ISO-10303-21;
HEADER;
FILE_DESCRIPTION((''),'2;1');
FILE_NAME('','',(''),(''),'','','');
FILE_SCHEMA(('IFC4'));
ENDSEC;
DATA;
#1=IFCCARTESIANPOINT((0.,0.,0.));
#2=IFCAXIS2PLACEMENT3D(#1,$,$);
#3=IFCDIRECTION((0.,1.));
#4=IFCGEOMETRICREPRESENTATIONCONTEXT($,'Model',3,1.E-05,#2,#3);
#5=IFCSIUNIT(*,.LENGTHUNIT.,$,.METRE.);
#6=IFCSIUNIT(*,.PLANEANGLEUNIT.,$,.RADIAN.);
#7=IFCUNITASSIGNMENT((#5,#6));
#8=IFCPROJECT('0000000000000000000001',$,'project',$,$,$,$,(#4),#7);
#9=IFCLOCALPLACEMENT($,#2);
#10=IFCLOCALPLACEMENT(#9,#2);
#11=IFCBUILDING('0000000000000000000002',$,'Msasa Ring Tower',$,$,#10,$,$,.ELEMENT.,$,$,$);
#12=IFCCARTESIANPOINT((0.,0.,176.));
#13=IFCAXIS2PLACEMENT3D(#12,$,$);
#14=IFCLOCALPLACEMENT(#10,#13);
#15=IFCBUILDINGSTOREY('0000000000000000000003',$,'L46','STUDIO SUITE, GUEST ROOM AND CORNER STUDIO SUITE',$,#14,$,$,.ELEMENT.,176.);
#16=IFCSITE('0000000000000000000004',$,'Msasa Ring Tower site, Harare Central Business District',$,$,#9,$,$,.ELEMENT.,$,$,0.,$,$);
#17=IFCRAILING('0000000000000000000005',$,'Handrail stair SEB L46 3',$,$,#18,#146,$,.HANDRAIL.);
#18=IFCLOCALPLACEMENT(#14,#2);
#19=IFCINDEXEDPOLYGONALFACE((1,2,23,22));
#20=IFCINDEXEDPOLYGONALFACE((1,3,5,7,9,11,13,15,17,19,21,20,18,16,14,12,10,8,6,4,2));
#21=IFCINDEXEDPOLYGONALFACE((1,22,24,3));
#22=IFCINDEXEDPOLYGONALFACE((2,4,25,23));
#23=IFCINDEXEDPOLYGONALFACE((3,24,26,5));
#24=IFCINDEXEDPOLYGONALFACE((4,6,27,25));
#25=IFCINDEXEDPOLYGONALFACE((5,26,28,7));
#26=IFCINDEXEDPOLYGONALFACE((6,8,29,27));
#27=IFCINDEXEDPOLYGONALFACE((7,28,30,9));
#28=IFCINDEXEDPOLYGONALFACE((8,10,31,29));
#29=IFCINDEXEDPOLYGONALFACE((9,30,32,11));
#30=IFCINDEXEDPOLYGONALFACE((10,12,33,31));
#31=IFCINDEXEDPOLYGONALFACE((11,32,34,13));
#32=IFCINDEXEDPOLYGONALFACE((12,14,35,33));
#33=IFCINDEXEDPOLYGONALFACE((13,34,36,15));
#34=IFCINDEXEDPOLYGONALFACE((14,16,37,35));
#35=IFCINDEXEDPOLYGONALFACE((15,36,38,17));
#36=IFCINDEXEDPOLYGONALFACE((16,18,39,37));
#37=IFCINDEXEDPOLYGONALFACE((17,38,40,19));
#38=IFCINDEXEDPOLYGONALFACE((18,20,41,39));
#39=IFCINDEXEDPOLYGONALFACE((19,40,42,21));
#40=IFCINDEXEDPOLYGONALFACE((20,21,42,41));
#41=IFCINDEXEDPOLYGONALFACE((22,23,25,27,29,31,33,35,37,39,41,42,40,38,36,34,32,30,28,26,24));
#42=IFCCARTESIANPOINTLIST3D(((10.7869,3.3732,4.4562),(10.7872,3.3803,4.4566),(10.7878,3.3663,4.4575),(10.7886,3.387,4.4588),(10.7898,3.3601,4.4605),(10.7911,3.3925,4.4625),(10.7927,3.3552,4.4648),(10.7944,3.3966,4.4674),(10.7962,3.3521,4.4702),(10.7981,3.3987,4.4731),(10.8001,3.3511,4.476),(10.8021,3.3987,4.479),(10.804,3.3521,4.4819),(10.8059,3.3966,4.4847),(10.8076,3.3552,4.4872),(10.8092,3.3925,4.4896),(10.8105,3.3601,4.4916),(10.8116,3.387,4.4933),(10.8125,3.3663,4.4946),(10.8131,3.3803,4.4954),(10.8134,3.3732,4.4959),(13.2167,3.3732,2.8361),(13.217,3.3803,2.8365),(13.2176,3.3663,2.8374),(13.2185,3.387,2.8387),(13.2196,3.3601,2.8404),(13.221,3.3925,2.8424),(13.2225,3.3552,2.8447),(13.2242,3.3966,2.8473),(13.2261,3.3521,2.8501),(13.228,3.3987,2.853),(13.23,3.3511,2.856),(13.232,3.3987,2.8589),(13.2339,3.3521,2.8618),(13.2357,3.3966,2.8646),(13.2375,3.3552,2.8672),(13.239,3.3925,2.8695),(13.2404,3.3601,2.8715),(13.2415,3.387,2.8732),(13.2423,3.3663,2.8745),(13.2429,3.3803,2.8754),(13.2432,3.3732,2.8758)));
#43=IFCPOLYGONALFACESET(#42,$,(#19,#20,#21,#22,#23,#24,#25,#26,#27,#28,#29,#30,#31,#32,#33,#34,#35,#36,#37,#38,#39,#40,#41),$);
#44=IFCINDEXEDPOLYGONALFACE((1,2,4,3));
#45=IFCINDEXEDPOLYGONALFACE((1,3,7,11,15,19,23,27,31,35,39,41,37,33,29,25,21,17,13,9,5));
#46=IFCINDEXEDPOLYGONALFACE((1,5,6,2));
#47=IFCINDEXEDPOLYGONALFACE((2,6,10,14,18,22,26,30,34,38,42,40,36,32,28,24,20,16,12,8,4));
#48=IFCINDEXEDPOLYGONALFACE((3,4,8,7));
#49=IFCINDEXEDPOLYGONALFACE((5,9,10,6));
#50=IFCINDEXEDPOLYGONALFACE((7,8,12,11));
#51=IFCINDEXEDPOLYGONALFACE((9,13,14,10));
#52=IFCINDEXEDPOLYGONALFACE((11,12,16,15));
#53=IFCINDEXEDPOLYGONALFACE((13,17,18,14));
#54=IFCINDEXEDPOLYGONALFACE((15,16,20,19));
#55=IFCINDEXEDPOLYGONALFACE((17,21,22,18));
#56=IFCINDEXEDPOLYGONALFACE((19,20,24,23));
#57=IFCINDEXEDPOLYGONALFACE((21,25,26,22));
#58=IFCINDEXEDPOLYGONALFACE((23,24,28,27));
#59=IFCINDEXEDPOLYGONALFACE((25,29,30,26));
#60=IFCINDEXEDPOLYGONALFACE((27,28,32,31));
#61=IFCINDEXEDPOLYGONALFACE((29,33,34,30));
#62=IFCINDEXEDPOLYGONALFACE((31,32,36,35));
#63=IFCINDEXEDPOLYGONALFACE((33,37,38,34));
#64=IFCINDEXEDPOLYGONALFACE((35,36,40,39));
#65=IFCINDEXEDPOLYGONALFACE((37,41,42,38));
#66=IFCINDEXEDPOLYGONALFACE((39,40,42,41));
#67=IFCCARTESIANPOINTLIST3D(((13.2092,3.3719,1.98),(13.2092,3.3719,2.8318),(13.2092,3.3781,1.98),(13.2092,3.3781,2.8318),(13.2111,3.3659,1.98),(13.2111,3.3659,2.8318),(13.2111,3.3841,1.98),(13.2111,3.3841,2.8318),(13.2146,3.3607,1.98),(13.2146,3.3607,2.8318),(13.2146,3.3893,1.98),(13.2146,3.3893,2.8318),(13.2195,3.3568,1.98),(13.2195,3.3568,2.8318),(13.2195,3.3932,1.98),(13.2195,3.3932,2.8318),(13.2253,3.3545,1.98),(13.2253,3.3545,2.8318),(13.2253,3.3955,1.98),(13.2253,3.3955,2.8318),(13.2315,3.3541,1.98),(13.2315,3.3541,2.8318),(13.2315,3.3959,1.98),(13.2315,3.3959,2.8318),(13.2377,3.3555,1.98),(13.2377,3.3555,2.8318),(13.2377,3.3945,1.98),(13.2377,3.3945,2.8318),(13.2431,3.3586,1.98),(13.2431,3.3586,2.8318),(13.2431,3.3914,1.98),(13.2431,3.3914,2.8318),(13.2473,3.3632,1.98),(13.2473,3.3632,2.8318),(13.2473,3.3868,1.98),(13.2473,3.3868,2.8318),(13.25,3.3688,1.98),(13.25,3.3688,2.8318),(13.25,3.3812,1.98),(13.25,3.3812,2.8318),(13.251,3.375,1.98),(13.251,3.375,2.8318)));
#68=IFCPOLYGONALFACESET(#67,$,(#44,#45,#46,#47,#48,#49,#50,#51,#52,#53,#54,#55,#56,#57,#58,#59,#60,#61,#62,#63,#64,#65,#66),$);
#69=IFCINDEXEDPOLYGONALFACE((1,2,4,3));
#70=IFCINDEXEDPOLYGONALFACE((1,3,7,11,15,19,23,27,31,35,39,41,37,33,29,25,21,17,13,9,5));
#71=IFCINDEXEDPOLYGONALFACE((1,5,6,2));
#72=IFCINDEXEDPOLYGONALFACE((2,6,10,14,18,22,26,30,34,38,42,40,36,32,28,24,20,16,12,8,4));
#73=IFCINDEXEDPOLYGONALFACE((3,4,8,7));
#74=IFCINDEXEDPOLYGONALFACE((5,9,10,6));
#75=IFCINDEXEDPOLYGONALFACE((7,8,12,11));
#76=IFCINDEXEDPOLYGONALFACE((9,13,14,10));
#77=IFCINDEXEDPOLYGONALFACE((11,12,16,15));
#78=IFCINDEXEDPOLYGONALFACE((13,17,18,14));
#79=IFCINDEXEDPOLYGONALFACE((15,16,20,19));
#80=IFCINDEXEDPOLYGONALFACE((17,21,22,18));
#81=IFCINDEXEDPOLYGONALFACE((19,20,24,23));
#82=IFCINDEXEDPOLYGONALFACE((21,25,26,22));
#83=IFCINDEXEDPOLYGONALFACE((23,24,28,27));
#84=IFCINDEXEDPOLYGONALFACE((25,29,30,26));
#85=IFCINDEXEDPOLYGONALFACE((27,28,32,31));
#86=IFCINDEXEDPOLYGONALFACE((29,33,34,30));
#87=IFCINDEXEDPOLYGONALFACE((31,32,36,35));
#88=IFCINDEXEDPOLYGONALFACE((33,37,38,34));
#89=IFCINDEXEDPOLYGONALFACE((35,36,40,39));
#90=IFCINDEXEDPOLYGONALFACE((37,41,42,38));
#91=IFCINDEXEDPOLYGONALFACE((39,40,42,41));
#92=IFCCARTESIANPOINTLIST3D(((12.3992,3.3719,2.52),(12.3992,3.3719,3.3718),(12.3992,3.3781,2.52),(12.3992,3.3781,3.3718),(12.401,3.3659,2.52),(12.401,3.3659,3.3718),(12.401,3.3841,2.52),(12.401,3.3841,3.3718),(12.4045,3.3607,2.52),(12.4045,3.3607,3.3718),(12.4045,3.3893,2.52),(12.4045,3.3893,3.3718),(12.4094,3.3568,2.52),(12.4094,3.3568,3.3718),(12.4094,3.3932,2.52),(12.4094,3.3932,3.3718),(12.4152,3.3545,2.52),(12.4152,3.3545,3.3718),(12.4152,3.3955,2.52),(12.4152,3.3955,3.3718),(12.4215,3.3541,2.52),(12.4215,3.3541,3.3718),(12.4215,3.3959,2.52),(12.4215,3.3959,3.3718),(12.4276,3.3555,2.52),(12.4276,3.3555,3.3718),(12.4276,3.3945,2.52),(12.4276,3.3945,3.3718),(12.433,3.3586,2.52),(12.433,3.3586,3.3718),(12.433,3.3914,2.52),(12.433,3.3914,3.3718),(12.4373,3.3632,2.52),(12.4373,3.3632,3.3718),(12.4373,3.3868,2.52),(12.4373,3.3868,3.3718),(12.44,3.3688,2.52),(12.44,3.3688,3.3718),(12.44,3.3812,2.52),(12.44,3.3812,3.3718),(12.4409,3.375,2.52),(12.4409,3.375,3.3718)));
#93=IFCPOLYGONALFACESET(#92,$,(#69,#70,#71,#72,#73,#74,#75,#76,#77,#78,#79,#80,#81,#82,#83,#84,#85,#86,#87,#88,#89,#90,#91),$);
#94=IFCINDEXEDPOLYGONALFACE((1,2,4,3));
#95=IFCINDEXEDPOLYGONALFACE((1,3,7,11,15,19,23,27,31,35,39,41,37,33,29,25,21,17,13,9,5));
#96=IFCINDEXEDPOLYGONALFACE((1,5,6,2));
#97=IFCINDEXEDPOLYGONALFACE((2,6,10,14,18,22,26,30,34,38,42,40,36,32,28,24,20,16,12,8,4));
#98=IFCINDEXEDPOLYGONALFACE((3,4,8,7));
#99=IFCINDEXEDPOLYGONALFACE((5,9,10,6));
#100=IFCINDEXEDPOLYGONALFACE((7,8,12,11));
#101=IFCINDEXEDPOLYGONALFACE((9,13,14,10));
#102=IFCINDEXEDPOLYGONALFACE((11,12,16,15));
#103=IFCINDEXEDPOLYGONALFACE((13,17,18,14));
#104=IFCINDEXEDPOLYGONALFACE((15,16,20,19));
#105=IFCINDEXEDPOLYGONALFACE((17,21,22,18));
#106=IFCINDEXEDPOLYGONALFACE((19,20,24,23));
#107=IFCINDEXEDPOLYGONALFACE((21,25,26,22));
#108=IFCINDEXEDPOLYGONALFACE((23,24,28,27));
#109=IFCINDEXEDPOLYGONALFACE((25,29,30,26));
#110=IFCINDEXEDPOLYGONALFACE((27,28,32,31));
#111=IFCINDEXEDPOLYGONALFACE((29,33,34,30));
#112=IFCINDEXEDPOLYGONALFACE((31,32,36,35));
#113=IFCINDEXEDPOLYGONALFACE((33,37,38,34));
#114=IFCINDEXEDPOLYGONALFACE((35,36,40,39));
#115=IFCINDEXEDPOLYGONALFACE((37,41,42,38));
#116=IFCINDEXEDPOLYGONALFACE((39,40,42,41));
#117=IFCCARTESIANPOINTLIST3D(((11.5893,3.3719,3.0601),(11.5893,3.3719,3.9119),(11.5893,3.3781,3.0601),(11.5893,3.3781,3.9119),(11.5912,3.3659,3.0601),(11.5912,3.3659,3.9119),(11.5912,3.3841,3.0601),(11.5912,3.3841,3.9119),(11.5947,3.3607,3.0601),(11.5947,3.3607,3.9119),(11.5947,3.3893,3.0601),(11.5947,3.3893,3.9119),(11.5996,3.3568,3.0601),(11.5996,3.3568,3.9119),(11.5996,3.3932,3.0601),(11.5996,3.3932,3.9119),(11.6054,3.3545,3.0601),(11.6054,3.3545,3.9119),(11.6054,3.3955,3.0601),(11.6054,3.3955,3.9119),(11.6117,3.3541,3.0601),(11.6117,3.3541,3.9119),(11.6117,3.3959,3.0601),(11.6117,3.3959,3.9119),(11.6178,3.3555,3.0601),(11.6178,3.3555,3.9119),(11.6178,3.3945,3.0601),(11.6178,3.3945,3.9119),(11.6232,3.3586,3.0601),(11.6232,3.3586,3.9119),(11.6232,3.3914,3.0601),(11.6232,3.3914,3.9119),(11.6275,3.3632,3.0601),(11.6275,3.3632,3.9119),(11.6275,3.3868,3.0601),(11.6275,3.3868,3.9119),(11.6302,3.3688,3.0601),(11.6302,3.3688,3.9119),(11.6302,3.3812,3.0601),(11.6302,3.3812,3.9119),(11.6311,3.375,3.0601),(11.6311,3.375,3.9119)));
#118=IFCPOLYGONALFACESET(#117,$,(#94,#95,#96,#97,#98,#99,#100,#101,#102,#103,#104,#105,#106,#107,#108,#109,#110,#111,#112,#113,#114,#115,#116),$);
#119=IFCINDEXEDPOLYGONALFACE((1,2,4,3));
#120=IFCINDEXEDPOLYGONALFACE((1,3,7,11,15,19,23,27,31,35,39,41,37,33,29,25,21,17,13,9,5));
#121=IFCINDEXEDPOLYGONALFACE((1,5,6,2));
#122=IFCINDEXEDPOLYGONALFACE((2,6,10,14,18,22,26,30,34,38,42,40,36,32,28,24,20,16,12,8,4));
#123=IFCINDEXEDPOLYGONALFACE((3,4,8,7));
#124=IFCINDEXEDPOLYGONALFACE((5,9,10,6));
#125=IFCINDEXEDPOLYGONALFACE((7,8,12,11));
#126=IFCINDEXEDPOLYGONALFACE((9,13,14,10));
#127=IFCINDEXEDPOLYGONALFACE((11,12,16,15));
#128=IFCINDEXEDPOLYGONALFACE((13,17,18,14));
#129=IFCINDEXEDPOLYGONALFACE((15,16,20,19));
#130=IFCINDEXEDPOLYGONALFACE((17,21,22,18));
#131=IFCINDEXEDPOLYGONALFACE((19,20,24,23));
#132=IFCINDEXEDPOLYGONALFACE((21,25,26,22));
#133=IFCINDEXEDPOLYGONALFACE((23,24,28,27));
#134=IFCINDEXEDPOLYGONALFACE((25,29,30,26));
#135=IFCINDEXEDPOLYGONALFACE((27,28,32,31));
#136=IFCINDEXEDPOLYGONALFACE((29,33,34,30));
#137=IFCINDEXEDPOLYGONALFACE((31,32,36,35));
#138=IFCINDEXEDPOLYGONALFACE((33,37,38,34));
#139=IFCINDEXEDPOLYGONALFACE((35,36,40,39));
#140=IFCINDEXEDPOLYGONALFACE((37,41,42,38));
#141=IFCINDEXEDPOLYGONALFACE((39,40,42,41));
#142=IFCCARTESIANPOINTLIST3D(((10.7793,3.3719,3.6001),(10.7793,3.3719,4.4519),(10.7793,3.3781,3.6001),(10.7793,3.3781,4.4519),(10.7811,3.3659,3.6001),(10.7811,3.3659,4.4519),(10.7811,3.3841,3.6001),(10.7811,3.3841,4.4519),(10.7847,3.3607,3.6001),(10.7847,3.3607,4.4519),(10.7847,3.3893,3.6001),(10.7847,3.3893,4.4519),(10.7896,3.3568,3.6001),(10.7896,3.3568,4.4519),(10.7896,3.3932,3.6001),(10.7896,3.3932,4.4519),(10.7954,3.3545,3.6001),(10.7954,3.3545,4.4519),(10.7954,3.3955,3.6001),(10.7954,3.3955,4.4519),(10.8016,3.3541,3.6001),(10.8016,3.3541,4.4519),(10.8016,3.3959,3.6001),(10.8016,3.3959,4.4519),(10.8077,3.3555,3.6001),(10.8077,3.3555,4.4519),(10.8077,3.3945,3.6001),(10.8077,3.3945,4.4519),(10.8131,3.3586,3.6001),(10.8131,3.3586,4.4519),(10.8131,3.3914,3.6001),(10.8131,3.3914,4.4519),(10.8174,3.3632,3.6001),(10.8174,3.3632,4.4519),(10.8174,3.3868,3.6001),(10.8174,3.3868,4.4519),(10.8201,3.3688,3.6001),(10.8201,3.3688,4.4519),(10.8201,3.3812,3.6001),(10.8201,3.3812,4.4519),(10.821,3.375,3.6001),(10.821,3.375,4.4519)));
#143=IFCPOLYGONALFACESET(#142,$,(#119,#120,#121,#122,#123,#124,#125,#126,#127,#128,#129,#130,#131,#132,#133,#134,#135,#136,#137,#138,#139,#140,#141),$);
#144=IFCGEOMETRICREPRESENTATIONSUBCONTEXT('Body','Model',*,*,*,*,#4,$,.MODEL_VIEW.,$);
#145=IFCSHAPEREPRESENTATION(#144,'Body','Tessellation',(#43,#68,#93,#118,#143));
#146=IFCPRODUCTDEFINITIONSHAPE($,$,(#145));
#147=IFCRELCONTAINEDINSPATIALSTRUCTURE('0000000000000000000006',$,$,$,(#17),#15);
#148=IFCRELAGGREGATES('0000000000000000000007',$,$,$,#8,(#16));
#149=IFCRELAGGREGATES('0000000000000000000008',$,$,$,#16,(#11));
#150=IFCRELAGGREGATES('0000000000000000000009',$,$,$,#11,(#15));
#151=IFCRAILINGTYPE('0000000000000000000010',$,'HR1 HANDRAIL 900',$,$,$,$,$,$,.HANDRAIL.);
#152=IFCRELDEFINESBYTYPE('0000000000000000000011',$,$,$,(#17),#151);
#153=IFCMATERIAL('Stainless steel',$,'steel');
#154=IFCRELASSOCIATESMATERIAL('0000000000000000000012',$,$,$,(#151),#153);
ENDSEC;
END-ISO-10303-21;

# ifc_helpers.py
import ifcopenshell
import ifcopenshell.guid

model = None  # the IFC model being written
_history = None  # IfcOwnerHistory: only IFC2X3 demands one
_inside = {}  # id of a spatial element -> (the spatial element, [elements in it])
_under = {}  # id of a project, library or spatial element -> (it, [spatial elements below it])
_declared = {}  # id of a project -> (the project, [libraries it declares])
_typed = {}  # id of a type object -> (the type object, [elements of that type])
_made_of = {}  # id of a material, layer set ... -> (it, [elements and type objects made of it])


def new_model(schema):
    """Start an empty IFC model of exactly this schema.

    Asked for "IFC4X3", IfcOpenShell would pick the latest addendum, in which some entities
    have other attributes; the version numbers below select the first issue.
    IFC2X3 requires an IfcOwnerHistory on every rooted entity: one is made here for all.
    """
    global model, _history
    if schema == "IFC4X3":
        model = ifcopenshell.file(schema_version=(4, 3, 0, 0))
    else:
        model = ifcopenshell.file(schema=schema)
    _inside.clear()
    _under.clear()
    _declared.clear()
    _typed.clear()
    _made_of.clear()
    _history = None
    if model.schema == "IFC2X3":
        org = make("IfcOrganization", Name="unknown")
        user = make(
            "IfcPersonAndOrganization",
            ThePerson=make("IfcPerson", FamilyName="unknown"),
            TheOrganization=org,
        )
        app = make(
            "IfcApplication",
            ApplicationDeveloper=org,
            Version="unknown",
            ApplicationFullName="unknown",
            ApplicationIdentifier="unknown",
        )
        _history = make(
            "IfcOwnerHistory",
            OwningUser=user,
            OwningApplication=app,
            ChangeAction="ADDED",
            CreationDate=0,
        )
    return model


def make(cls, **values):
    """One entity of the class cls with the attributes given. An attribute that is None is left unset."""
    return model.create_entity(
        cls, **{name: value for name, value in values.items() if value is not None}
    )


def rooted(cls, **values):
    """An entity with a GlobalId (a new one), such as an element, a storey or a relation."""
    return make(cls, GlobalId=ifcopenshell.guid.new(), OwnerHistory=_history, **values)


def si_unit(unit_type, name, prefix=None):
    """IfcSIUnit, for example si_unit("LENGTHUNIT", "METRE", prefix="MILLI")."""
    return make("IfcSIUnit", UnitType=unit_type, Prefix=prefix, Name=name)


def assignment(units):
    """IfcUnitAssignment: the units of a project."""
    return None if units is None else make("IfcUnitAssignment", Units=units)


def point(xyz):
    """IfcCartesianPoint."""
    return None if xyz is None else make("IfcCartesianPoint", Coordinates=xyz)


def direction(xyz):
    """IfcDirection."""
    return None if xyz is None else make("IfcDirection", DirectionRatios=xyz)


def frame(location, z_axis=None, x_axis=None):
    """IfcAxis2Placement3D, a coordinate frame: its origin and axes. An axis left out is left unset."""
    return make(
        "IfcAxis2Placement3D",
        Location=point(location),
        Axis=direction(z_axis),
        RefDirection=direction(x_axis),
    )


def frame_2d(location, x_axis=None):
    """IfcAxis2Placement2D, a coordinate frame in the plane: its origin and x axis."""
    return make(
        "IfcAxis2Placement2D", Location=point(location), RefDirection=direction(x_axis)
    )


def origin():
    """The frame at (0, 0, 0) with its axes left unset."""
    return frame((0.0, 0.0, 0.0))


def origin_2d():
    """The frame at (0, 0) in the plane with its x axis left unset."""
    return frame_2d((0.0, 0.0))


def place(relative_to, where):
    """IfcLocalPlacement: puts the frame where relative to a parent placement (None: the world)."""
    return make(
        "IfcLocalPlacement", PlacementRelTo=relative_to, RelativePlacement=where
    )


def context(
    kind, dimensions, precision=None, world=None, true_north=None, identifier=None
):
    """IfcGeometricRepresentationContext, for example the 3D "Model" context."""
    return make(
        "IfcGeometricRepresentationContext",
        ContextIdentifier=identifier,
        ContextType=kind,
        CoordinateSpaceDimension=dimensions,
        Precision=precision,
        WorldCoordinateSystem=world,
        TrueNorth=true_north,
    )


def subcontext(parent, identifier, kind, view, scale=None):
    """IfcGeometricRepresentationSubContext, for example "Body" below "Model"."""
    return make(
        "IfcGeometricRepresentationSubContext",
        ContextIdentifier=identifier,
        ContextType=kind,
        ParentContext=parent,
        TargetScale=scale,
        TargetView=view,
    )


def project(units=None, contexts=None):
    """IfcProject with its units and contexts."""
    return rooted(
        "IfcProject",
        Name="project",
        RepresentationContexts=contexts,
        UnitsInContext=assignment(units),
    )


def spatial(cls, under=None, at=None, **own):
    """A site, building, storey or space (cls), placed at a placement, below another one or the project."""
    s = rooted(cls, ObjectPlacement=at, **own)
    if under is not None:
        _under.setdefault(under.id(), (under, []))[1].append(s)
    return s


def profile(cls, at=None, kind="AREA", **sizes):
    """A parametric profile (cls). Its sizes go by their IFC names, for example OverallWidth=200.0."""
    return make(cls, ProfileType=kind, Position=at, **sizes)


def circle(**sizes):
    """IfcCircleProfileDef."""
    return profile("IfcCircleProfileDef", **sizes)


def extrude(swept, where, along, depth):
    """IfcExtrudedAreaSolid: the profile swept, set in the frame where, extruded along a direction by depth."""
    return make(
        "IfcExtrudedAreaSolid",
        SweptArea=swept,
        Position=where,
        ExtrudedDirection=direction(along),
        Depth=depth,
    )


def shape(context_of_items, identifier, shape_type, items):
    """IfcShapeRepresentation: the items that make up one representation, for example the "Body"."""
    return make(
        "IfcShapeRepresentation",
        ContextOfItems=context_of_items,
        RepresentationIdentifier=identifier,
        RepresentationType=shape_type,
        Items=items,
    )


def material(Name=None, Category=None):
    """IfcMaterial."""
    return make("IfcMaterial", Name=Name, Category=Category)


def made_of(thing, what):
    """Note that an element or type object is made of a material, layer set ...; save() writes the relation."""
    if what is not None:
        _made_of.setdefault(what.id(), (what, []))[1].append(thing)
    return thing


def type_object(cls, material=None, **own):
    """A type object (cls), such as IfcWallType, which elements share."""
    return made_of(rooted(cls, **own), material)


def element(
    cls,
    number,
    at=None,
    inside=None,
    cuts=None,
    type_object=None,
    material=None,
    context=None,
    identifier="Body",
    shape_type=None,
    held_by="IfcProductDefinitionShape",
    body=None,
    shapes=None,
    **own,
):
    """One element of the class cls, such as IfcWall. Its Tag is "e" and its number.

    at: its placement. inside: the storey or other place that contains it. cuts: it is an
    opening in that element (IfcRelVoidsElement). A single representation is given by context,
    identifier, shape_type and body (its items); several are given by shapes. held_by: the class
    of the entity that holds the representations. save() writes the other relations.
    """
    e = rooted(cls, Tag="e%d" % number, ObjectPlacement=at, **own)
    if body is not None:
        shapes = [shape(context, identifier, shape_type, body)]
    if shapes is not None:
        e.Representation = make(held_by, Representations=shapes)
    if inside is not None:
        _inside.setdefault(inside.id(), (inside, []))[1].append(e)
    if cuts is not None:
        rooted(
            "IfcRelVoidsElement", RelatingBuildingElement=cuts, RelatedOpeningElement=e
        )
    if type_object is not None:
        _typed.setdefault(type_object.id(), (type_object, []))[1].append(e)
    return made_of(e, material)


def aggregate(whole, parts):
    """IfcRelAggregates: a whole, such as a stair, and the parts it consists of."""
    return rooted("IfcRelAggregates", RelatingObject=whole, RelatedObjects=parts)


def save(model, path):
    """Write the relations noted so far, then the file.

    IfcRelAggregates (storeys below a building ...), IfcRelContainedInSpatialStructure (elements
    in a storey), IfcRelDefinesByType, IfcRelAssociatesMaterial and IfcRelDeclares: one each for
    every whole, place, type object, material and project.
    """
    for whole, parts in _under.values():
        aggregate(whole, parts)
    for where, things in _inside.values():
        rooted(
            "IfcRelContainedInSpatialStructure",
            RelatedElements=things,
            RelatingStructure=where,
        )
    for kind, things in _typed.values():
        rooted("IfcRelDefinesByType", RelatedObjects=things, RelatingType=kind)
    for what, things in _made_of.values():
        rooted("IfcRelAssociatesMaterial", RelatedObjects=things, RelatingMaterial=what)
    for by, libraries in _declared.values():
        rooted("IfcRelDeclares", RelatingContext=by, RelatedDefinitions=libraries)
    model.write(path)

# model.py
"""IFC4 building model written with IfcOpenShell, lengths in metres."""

from ifc_helpers import new_model, si_unit, direction, frame, origin, origin_2d, place, context, subcontext, project, spatial, circle, extrude, material, type_object, element, save


model = new_model("IFC4")

# Units and contexts
model_context = context("Model", 3, precision=1e-05, world=origin(), true_north=direction((0.0, 1.0)))
body_context = subcontext(model_context, "Body", "Model", "MODEL_VIEW")
ifc_project = project(units=[si_unit("LENGTHUNIT", "METRE"), si_unit("PLANEANGLEUNIT", "RADIAN")], contexts=[model_context])

# Site, building, storey
site_placement = place(None, origin())
site = spatial("IfcSite", under=ifc_project, at=site_placement, Name="Msasa Ring Tower site, Harare Central Business District", CompositionType="ELEMENT", RefElevation=0.0)
building_placement = place(site_placement, origin())
building = spatial("IfcBuilding", under=site, at=building_placement, Name="Msasa Ring Tower", CompositionType="ELEMENT")
storey_placement = place(building_placement, frame((0.0, 0.0, 176.0)))
storey = spatial("IfcBuildingStorey", under=building, at=storey_placement, Name="L46", Description="STUDIO SUITE, GUEST ROOM AND CORNER STUDIO SUITE", CompositionType="ELEMENT", Elevation=176.0)

# Railing
ifc_material_1 = material(Name="Stainless steel", Category="steel")
railing_type = type_object("IfcRailingType", Name="HR1 HANDRAIL 900", PredefinedType="HANDRAIL", material=ifc_material_1)
for number, where, name in (
    (1, (13.23, 3.375, 1.98), "Handrail stair SEB L46 3"),
):
    element("IfcRailing", number, at=place(storey_placement, frame(where)), inside=storey, type_object=railing_type, Name=name, PredefinedType="HANDRAIL", context=body_context, shape_type="SweptSolid", body=[
        extrude(circle(Radius=0.0239, at=origin_2d()), frame((0.0, 0.0, 0.876), z_axis=(-0.832025, 0.0, 0.554739), x_axis=(0.0, -1.0, 0.0)), (0.0, 0.0, 1.0), 2.9204),
        extrude(circle(Radius=0.021, at=origin_2d()), origin(), (0.0, 0.0, 1.0), 0.8518),
        extrude(circle(Radius=0.021, at=origin_2d()), frame((-0.8101, 0.0, 0.54)), (0.0, 0.0, 1.0), 0.8518),
        extrude(circle(Radius=0.021, at=origin_2d()), frame((-1.6199, 0.0, 1.0801)), (0.0, 0.0, 1.0), 0.8518),
        extrude(circle(Radius=0.021, at=origin_2d()), frame((-2.4299, 0.0, 1.6201)), (0.0, 0.0, 1.0), 0.8518),
    ])

save(model, "model.ifc")
